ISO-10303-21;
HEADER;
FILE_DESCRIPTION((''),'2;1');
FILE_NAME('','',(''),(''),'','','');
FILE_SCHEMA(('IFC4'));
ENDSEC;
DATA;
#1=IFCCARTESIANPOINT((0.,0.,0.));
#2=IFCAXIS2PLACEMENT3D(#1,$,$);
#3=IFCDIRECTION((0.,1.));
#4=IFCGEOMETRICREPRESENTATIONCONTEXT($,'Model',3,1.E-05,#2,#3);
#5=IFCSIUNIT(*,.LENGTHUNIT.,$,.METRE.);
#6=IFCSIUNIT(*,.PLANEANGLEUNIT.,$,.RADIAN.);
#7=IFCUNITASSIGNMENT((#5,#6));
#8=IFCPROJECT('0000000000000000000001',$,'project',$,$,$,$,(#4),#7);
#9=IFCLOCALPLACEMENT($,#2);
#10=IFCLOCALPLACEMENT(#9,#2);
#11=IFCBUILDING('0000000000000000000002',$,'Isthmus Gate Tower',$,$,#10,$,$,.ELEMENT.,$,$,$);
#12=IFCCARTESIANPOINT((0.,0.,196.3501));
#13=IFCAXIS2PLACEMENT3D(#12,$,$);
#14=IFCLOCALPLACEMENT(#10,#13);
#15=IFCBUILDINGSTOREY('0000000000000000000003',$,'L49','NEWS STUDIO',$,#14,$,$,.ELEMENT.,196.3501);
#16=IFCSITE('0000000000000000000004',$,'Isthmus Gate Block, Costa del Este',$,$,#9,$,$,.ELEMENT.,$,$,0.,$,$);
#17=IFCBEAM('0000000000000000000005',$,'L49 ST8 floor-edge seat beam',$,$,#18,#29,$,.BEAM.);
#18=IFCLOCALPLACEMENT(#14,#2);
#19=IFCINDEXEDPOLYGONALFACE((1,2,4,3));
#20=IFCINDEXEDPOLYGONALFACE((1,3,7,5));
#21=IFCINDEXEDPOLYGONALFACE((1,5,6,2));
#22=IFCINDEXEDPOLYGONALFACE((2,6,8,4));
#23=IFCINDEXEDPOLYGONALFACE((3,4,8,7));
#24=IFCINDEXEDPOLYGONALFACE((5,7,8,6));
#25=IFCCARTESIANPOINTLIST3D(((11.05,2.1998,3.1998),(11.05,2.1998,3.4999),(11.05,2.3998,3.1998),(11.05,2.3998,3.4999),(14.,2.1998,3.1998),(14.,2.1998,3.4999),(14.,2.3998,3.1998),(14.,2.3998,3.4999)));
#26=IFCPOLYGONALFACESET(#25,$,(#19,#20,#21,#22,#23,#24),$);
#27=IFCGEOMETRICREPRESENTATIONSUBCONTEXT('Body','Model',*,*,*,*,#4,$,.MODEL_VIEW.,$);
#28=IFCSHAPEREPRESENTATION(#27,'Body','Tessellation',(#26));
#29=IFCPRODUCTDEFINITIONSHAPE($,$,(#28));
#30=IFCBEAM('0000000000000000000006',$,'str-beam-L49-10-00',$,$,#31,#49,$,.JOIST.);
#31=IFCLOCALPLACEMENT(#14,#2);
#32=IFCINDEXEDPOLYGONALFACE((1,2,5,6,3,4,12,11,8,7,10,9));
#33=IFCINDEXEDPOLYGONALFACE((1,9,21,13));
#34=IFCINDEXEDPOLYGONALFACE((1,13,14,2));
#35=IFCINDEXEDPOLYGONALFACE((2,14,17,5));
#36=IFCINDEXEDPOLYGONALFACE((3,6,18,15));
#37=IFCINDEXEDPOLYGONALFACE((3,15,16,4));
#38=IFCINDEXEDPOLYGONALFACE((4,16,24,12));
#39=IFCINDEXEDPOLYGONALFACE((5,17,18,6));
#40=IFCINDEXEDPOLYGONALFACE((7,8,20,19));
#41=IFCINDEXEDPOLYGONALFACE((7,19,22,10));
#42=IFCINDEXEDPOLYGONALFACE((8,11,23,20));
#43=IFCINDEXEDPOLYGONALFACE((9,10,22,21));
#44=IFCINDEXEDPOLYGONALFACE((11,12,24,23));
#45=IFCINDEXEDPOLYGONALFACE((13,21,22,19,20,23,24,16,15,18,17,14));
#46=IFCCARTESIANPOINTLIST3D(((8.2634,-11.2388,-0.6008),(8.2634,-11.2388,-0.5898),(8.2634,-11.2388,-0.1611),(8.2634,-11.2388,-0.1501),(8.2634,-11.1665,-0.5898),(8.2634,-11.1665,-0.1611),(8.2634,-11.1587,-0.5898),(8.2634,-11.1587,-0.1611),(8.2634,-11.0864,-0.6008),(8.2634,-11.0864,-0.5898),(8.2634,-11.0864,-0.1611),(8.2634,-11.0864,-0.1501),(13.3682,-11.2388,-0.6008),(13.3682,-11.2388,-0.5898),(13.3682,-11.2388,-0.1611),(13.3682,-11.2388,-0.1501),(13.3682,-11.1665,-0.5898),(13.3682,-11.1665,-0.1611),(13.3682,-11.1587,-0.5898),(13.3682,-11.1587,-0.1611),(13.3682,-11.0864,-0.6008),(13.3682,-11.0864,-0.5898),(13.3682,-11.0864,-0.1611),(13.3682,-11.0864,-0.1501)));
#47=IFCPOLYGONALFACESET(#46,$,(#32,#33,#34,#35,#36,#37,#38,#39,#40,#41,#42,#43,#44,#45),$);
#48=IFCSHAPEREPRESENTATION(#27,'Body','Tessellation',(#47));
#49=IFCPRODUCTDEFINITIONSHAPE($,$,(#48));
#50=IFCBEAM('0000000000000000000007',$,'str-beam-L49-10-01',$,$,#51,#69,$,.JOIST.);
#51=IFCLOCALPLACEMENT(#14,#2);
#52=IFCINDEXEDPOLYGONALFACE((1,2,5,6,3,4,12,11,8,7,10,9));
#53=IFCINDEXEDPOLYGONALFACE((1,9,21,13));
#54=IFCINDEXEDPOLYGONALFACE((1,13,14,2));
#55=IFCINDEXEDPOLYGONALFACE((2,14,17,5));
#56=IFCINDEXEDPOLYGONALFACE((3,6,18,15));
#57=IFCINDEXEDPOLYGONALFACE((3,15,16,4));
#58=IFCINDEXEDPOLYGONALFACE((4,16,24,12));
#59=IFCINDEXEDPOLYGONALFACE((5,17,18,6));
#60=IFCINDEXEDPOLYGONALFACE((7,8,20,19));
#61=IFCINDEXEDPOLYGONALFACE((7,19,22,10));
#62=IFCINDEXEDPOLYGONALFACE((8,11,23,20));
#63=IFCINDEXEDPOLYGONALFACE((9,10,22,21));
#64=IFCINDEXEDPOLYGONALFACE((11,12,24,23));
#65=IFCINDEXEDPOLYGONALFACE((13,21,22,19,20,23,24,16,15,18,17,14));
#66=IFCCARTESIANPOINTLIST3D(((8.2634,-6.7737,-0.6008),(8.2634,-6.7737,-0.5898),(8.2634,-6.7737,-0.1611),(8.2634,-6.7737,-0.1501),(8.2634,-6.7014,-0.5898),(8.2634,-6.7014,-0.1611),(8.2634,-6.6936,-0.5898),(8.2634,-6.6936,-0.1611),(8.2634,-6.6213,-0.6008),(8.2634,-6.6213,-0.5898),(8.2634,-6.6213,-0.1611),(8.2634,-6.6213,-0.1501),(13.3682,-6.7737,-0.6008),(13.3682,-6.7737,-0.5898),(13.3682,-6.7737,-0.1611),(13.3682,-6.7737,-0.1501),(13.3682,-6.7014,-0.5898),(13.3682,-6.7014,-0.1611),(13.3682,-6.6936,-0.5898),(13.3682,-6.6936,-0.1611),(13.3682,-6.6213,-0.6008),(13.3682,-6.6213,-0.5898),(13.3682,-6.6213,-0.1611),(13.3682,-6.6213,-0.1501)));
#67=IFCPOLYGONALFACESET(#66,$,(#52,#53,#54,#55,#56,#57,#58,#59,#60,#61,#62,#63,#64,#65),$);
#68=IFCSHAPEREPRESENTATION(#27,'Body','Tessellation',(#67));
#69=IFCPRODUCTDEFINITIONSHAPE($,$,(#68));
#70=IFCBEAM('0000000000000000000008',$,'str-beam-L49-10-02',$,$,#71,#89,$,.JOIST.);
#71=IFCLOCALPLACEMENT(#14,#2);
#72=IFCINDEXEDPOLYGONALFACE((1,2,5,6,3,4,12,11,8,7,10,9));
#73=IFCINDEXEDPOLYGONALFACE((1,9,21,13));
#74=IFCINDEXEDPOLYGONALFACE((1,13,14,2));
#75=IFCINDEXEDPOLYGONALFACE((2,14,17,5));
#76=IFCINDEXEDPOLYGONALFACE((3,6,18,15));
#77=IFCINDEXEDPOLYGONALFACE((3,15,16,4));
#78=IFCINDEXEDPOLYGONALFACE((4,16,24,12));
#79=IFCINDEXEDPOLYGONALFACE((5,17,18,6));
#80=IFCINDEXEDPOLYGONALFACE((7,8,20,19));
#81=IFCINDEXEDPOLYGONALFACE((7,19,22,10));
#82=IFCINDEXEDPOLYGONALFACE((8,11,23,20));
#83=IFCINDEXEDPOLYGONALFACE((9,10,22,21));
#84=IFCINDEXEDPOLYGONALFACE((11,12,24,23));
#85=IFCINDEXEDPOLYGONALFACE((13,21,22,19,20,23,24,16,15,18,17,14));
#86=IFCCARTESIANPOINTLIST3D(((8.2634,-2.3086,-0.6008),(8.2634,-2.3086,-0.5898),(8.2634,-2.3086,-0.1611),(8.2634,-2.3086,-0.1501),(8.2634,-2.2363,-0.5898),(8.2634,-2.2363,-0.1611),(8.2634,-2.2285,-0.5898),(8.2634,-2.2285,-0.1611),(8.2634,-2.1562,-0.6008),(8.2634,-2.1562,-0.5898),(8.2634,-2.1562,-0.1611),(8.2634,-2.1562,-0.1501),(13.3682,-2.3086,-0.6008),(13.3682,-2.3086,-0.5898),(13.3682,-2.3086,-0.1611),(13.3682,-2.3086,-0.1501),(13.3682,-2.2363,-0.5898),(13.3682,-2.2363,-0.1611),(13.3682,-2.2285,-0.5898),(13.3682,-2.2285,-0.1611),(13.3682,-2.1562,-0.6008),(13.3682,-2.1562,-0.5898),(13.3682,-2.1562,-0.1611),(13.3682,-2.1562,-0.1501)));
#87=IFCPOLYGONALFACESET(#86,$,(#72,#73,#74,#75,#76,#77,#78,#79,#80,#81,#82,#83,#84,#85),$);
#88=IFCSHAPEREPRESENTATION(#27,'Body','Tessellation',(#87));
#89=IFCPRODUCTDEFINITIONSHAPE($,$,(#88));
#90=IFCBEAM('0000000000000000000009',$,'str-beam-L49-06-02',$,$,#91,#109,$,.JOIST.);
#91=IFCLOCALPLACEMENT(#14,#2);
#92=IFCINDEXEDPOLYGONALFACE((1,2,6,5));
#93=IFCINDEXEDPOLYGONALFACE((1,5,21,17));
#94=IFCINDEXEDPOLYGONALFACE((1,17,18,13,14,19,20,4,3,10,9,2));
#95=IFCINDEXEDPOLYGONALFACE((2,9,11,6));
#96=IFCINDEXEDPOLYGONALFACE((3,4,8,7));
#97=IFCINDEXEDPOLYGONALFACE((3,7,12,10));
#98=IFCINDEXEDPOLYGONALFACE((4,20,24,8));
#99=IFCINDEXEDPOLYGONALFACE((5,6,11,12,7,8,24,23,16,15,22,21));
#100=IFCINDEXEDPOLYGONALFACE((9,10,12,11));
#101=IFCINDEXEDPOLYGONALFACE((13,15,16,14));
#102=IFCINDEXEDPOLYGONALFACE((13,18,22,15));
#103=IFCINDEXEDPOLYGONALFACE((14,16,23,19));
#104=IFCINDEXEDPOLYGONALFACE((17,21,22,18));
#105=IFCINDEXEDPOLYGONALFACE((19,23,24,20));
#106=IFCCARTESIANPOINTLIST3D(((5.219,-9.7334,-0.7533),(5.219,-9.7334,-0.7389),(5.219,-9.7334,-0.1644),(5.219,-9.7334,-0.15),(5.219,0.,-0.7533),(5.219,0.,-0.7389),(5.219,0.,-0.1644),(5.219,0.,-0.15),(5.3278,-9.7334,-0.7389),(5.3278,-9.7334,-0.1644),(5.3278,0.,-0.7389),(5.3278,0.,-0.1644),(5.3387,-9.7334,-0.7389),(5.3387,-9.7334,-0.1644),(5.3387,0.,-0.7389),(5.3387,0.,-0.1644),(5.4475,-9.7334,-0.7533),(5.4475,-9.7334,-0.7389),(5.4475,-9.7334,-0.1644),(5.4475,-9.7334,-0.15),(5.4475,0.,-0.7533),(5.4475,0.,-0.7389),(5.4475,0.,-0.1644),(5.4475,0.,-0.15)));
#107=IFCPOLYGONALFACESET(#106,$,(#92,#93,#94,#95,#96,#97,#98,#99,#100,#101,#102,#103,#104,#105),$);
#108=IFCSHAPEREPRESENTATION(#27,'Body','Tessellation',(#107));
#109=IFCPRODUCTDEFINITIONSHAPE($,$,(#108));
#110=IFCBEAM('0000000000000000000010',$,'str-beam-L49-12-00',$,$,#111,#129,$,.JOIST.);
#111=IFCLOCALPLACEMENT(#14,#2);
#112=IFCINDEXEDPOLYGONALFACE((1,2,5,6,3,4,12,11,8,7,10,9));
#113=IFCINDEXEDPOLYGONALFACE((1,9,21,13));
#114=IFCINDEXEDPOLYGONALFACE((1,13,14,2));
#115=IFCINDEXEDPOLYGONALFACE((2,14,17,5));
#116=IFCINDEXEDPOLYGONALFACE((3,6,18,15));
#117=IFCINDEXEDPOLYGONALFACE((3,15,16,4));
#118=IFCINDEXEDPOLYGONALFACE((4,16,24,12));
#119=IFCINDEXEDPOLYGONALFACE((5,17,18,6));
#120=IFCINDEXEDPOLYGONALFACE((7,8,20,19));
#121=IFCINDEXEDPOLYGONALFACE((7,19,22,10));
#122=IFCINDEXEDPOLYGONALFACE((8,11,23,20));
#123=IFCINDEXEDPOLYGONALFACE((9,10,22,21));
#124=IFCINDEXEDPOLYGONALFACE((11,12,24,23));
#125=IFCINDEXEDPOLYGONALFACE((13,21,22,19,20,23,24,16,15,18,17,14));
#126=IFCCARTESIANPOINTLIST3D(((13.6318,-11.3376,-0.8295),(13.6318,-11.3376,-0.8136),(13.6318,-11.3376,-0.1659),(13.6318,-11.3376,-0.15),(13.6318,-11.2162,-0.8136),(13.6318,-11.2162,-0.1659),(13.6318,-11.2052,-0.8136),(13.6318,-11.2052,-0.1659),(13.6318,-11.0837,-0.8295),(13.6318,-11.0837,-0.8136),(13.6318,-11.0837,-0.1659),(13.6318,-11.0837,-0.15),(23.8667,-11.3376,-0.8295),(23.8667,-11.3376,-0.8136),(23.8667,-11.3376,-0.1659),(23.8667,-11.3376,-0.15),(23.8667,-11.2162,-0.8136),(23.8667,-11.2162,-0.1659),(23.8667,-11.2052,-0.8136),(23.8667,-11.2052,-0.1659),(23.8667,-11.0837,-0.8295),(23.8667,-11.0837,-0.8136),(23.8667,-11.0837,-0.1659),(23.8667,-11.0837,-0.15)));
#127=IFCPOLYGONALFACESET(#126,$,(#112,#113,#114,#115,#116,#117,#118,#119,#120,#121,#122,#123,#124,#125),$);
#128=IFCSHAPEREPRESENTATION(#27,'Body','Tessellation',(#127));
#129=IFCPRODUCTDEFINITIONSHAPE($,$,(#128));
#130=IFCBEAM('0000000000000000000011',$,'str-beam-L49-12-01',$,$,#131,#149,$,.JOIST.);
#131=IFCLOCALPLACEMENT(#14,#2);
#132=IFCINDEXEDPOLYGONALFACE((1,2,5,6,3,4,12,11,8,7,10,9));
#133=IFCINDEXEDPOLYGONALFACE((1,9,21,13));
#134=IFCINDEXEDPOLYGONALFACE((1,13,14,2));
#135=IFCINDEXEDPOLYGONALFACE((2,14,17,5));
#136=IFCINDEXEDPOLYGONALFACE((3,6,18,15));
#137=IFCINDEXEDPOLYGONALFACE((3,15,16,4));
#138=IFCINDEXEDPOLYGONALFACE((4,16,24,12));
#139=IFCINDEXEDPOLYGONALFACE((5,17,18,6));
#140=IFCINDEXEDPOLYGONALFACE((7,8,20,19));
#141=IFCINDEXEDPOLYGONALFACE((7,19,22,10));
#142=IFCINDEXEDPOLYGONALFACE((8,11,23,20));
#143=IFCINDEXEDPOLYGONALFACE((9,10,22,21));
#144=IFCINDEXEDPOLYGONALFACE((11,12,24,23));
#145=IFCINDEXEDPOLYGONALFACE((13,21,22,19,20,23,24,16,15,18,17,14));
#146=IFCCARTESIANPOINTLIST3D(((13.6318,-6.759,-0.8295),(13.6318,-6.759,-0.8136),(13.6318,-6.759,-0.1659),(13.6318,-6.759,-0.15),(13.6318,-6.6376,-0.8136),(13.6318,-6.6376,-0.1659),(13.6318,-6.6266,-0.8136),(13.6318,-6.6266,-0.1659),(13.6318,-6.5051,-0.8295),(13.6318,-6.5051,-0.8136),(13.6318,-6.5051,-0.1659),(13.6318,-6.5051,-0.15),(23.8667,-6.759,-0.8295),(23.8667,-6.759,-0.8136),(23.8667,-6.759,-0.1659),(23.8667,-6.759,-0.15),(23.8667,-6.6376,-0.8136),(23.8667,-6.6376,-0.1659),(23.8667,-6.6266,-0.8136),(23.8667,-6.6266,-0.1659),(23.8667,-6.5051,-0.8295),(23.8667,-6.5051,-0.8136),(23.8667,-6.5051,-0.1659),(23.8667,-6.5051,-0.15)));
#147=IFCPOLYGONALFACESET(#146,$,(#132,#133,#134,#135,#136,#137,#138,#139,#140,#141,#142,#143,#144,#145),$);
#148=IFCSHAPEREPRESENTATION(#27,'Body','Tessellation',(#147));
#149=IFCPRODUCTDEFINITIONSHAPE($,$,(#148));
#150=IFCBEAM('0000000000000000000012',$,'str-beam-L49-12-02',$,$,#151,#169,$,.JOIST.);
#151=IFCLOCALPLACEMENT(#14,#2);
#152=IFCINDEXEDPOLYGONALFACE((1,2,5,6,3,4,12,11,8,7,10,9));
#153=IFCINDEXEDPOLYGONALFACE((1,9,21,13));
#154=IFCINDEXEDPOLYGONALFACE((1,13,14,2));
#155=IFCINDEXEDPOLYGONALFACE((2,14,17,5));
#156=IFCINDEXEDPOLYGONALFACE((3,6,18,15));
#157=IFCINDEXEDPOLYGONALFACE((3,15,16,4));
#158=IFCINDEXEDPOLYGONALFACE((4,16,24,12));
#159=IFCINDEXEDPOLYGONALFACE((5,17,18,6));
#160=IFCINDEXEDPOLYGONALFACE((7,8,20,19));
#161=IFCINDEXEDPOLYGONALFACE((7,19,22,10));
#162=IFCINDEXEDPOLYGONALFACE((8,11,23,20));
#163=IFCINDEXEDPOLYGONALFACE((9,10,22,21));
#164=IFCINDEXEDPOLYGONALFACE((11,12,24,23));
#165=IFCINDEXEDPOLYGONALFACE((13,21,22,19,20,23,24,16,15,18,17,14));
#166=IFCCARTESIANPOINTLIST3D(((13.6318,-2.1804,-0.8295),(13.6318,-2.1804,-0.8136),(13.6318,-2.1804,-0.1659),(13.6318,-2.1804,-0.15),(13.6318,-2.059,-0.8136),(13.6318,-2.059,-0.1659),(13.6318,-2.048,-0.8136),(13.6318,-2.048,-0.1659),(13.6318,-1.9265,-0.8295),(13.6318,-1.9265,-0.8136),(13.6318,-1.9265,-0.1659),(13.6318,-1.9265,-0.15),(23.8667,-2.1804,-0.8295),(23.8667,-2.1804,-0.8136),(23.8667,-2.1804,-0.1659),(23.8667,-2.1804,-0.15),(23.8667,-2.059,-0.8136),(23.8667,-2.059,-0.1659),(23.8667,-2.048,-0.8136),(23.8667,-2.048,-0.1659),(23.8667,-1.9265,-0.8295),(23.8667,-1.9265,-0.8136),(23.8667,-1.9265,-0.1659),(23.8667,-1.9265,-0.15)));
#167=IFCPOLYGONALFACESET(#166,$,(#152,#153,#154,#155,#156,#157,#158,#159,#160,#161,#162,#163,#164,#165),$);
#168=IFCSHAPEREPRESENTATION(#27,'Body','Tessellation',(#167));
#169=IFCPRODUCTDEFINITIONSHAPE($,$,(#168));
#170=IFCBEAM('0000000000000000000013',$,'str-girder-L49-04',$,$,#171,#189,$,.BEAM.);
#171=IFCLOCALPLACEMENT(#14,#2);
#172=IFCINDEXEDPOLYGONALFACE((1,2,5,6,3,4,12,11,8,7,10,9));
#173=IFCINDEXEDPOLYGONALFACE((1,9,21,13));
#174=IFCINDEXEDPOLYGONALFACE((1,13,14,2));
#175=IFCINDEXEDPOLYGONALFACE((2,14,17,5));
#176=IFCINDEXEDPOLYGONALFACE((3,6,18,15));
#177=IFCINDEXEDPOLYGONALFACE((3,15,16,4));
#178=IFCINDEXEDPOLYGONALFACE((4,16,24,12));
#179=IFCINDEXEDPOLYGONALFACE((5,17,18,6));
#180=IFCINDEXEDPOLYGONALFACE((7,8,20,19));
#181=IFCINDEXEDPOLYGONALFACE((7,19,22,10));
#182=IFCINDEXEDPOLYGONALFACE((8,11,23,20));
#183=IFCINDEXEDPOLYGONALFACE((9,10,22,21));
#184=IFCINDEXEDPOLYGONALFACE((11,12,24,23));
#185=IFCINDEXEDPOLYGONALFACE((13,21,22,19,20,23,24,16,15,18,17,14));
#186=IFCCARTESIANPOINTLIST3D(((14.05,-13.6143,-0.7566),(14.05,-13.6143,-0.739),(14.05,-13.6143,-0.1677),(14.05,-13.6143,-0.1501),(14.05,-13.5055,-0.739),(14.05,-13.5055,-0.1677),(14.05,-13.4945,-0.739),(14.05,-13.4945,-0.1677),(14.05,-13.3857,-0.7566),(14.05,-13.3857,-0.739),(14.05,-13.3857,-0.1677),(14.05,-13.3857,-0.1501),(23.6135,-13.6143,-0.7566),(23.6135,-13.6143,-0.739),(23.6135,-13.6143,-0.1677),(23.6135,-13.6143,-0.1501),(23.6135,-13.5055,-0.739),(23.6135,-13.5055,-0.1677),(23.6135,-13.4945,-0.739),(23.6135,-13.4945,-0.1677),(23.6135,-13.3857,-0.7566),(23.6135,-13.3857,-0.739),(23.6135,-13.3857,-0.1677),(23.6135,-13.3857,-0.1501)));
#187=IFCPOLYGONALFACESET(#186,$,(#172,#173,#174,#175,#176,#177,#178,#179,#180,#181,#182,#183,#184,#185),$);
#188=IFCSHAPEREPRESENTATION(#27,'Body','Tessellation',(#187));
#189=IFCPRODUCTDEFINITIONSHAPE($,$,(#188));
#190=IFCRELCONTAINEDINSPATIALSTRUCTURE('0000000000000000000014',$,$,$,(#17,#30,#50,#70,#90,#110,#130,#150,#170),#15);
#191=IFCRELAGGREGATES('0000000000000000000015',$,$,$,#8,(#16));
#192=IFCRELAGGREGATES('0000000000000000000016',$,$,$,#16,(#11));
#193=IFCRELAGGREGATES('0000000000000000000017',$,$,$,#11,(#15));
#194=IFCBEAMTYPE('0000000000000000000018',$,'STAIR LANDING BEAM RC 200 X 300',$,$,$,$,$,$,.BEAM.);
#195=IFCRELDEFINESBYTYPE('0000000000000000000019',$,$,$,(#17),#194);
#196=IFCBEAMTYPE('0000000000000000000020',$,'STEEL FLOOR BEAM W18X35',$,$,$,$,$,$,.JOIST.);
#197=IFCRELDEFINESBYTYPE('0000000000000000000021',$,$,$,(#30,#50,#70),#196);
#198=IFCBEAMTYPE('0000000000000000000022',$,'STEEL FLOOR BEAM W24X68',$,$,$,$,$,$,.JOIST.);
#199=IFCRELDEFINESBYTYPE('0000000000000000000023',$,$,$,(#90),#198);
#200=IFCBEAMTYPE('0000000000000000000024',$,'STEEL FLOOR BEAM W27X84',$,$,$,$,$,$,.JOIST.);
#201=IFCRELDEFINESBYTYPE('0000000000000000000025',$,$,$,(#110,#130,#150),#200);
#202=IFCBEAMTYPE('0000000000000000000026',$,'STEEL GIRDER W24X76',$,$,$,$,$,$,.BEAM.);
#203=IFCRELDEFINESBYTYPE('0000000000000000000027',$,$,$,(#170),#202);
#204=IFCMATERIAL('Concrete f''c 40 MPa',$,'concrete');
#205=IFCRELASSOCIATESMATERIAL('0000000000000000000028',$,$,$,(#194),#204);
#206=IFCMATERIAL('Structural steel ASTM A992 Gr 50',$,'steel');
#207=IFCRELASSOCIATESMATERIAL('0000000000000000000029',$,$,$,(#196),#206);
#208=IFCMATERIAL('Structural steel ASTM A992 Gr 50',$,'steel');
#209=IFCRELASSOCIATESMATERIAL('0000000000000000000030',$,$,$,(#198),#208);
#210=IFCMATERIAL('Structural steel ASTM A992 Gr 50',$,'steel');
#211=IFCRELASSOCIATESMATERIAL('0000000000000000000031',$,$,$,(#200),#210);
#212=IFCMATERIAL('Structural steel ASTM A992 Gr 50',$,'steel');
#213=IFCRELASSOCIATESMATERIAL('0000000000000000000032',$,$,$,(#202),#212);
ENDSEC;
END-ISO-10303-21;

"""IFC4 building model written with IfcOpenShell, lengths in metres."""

from ifc_helpers import new_model, si_unit, direction, frame, origin, origin_2d, place, context, subcontext, project, spatial, rectangle, i_section, extrude, material, material_profile, profile_set, type_object, element, save


model = new_model("IFC4")

# Units and contexts
model_context = context("Model", 3, precision=1e-05, world=origin(), true_north=direction((0.0, 1.0)))
body_context = subcontext(model_context, "Body", "Model", "MODEL_VIEW")
ifc_project = project(units=[si_unit("LENGTHUNIT", "METRE"), si_unit("PLANEANGLEUNIT", "RADIAN")], contexts=[model_context])

# Site, building, storey
site_placement = place(None, origin())
site = spatial("IfcSite", under=ifc_project, at=site_placement, Name="Isthmus Gate Block, Costa del Este", CompositionType="ELEMENT", RefElevation=0.0)
building_placement = place(site_placement, origin())
building = spatial("IfcBuilding", under=site, at=building_placement, Name="Isthmus Gate Tower", CompositionType="ELEMENT")
storey_placement = place(building_placement, frame((0.0, 0.0, 196.3501)))
storey = spatial("IfcBuildingStorey", under=building, at=storey_placement, Name="L49", Description="NEWS STUDIO", CompositionType="ELEMENT", Elevation=196.3501)

# Beams
ifc_material_1 = material(Name="Concrete f'c 40 MPa", Category="concrete")
ifc_material_profile_1 = material_profile(ifc_material_1, rectangle(XDim=0.2, YDim=0.3, at=origin_2d()), Name="STAIR LANDING BEAM RC 200 X 300")
ifc_profile_set_1 = profile_set([ifc_material_profile_1], Name="Concrete f'c 40 MPa")
beam_type_1 = type_object("IfcBeamType", Name="STAIR LANDING BEAM RC 200 X 300", PredefinedType="BEAM", material=ifc_profile_set_1)
beam_1_placement = place(storey_placement, frame((11.05, 2.2998, 3.3499), z_axis=(1.0, 0.0, 0.0), x_axis=(0.0, 1.0, 0.0)))
element("IfcBeam", 1, at=beam_1_placement, inside=storey, type_object=beam_type_1, Name="L49 ST8 floor-edge seat beam", PredefinedType="BEAM", context=body_context, shape_type="SweptSolid", body=[
    extrude(rectangle(XDim=0.2, YDim=0.3, at=origin_2d()), origin(), (0.0, 0.0, 1.0), 2.95),
])
ifc_material_2 = material(Name="Structural steel ASTM A992 Gr 50", Category="steel")
ifc_material_profile_2 = material_profile(ifc_material_2, i_section(OverallWidth=0.1523, OverallDepth=0.4507, WebThickness=0.0078, FlangeThickness=0.011, at=origin_2d()), Name="W18X35")
ifc_profile_set_2 = profile_set([ifc_material_profile_2], Name="Structural steel ASTM A992 Gr 50")
beam_type_2 = type_object("IfcBeamType", Name="STEEL FLOOR BEAM W18X35", PredefinedType="JOIST", material=ifc_profile_set_2)
for number, where, z_axis, x_axis, name in (
    (2, (8.2634, -11.1626, -0.3755), (1.0, 0.0, 0.0), (0.0, 1.0, 0.0), "str-beam-L49-10-00"),
    (3, (8.2634, -6.6975, -0.3755), (1.0, 0.0, 0.0), (0.0, 1.0, 0.0), "str-beam-L49-10-01"),
    (4, (8.2634, -2.2324, -0.3755), (1.0, 0.0, 0.0), (0.0, 1.0, 0.0), "str-beam-L49-10-02"),
):
    element("IfcBeam", number, at=place(storey_placement, frame(where, z_axis=z_axis, x_axis=x_axis)), inside=storey, type_object=beam_type_2, Name=name, PredefinedType="JOIST", context=body_context, shape_type="SweptSolid", body=[
        extrude(i_section(OverallWidth=0.1523, OverallDepth=0.4507, WebThickness=0.0078, FlangeThickness=0.011, at=origin_2d()), origin(), (0.0, 0.0, 1.0), 5.1047),
    ])
ifc_material_3 = material(Name="Structural steel ASTM A992 Gr 50", Category="steel")
ifc_material_profile_3 = material_profile(ifc_material_3, i_section(OverallWidth=0.2285, OverallDepth=0.6033, WebThickness=0.011, FlangeThickness=0.0144, at=origin_2d()), Name="W24X68")
ifc_profile_set_3 = profile_set([ifc_material_profile_3], Name="Structural steel ASTM A992 Gr 50")
beam_type_3 = type_object("IfcBeamType", Name="STEEL FLOOR BEAM W24X68", PredefinedType="JOIST", material=ifc_profile_set_3)
beam_2_placement = place(storey_placement, frame((5.3333, -9.7334, -0.4517), z_axis=(0.0, 1.0, 0.0), x_axis=(-1.0, 0.0, 0.0)))
element("IfcBeam", 5, at=beam_2_placement, inside=storey, type_object=beam_type_3, Name="str-beam-L49-06-02", PredefinedType="JOIST", context=body_context, shape_type="SweptSolid", body=[
    extrude(i_section(OverallWidth=0.2285, OverallDepth=0.6033, WebThickness=0.011, FlangeThickness=0.0144, at=origin_2d()), origin(), (0.0, 0.0, 1.0), 9.7334),
])
ifc_material_4 = material(Name="Structural steel ASTM A992 Gr 50", Category="steel")
ifc_material_profile_4 = material_profile(ifc_material_4, i_section(OverallWidth=0.2539, OverallDepth=0.6794, WebThickness=0.011, FlangeThickness=0.0159, at=origin_2d()), Name="W27X84")
ifc_profile_set_4 = profile_set([ifc_material_profile_4], Name="Structural steel ASTM A992 Gr 50")
beam_type_4 = type_object("IfcBeamType", Name="STEEL FLOOR BEAM W27X84", PredefinedType="JOIST", material=ifc_profile_set_4)
for number, where, z_axis, x_axis, name in (
    (6, (13.6318, -11.2107, -0.4897), (1.0, 0.0, 0.0), (0.0, 1.0, 0.0), "str-beam-L49-12-00"),
    (7, (13.6318, -6.6321, -0.4897), (1.0, 0.0, 0.0), (0.0, 1.0, 0.0), "str-beam-L49-12-01"),
    (8, (13.6318, -2.0535, -0.4897), (1.0, 0.0, 0.0), (0.0, 1.0, 0.0), "str-beam-L49-12-02"),
):
    element("IfcBeam", number, at=place(storey_placement, frame(where, z_axis=z_axis, x_axis=x_axis)), inside=storey, type_object=beam_type_4, Name=name, PredefinedType="JOIST", context=body_context, shape_type="SweptSolid", body=[
        extrude(i_section(OverallWidth=0.2539, OverallDepth=0.6794, WebThickness=0.011, FlangeThickness=0.0159, at=origin_2d()), origin(), (0.0, 0.0, 1.0), 10.2349),
    ])
ifc_material_5 = material(Name="Structural steel ASTM A992 Gr 50", Category="steel")
ifc_material_profile_5 = material_profile(ifc_material_5, i_section(OverallWidth=0.2285, OverallDepth=0.6064, WebThickness=0.011, FlangeThickness=0.0176, at=origin_2d()), Name="W24X76")
ifc_profile_set_5 = profile_set([ifc_material_profile_5], Name="Structural steel ASTM A992 Gr 50")
beam_type_5 = type_object("IfcBeamType", Name="STEEL GIRDER W24X76", PredefinedType="BEAM", material=ifc_profile_set_5)
beam_3_placement = place(storey_placement, frame((14.05, -13.5, -0.4534), z_axis=(1.0, 0.0, 0.0), x_axis=(0.0, 1.0, 0.0)))
element("IfcBeam", 9, at=beam_3_placement, inside=storey, type_object=beam_type_5, Name="str-girder-L49-04", PredefinedType="BEAM", context=body_context, shape_type="SweptSolid", body=[
    extrude(i_section(OverallWidth=0.2285, OverallDepth=0.6064, WebThickness=0.011, FlangeThickness=0.0176, at=origin_2d()), origin(), (0.0, 0.0, 1.0), 9.5635),
])

save(model, "model.ifc")
